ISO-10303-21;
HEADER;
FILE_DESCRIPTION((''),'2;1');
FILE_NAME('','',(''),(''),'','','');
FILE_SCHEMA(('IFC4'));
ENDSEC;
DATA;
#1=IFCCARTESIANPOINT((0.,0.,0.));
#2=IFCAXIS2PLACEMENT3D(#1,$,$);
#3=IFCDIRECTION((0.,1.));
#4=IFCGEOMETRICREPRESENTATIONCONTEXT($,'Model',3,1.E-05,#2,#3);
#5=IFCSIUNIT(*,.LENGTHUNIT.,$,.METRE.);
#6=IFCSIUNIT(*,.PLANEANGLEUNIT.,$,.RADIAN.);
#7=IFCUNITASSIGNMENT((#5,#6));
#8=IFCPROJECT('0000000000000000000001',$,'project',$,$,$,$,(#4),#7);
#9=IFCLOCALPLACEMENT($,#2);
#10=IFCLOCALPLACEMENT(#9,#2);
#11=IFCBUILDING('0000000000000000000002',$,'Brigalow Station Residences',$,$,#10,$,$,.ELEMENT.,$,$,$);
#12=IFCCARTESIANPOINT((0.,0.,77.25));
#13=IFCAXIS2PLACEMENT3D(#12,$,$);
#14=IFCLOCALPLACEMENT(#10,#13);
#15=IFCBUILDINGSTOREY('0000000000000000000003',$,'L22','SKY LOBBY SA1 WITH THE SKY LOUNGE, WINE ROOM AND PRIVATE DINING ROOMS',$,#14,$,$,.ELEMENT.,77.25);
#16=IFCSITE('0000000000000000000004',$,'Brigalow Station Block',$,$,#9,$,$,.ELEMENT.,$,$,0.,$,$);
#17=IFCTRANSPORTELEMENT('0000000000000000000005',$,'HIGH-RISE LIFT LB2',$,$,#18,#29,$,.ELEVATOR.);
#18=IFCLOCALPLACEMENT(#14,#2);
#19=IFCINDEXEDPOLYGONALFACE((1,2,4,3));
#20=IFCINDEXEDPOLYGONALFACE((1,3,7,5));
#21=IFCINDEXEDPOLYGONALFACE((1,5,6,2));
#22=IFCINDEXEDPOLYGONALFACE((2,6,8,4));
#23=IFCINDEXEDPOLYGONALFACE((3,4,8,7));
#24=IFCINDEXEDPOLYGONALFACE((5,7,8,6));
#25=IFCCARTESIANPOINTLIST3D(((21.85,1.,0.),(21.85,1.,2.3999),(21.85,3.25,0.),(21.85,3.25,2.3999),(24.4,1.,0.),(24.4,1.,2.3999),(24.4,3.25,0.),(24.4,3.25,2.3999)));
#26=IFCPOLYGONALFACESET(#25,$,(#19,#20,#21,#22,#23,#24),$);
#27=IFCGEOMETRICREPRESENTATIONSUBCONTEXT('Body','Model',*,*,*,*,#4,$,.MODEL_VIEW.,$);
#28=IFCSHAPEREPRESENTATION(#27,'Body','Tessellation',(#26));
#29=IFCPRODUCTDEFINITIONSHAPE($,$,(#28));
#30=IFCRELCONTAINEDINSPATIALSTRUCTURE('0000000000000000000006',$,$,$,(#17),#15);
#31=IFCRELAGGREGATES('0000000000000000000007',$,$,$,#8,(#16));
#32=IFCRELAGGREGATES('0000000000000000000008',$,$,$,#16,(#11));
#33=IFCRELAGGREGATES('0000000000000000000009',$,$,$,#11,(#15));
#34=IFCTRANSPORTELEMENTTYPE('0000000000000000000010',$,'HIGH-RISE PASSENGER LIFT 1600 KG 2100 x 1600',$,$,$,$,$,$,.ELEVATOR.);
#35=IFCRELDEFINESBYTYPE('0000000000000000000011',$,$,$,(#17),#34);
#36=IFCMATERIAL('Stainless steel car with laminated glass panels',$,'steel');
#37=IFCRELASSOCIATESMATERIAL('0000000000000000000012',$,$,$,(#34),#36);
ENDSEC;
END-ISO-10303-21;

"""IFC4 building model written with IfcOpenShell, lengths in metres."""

from ifc_helpers import new_model, si_unit, direction, frame, origin, origin_2d, place, context, subcontext, project, spatial, rectangle, extrude, material, type_object, element, save


model = new_model("IFC4")

# Units and contexts
model_context = context("Model", 3, precision=1e-05, world=origin(), true_north=direction((0.0, 1.0)))
body_context = subcontext(model_context, "Body", "Model", "MODEL_VIEW")
ifc_project = project(units=[si_unit("LENGTHUNIT", "METRE"), si_unit("PLANEANGLEUNIT", "RADIAN")], contexts=[model_context])

# Site, building, storey
site_placement = place(None, origin())
site = spatial("IfcSite", under=ifc_project, at=site_placement, Name="Brigalow Station Block", CompositionType="ELEMENT", RefElevation=0.0)
building_placement = place(site_placement, origin())
building = spatial("IfcBuilding", under=site, at=building_placement, Name="Brigalow Station Residences", CompositionType="ELEMENT")
storey_placement = place(building_placement, frame((0.0, 0.0, 77.25)))
storey = spatial("IfcBuildingStorey", under=building, at=storey_placement, Name="L22", Description="SKY LOBBY SA1 WITH THE SKY LOUNGE, WINE ROOM AND PRIVATE DINING ROOMS", CompositionType="ELEMENT", Elevation=77.25)

# Transport element
ifc_material_1 = material(Name="Stainless steel car with laminated glass panels", Category="steel")
transport_element_type = type_object("IfcTransportElementType", Name="HIGH-RISE PASSENGER LIFT 1600 KG 2100 x 1600", PredefinedType="ELEVATOR", material=ifc_material_1)
for number, where, z_axis, x_axis, name in (
    (1, (23.125, 2.125, 0.0), (0.0, 0.0, 1.0), (1.0, 0.0, 0.0), "HIGH-RISE LIFT LB2"),
):
    element("IfcTransportElement", number, at=place(storey_placement, frame(where, z_axis=z_axis, x_axis=x_axis)), inside=storey, type_object=transport_element_type, Name=name, PredefinedType="ELEVATOR", context=body_context, shape_type="SweptSolid", body=[
        extrude(rectangle(XDim=2.55, YDim=2.25, at=origin_2d()), origin(), (0.0, 0.0, 1.0), 2.3999),
    ])

save(model, "model.ifc")
